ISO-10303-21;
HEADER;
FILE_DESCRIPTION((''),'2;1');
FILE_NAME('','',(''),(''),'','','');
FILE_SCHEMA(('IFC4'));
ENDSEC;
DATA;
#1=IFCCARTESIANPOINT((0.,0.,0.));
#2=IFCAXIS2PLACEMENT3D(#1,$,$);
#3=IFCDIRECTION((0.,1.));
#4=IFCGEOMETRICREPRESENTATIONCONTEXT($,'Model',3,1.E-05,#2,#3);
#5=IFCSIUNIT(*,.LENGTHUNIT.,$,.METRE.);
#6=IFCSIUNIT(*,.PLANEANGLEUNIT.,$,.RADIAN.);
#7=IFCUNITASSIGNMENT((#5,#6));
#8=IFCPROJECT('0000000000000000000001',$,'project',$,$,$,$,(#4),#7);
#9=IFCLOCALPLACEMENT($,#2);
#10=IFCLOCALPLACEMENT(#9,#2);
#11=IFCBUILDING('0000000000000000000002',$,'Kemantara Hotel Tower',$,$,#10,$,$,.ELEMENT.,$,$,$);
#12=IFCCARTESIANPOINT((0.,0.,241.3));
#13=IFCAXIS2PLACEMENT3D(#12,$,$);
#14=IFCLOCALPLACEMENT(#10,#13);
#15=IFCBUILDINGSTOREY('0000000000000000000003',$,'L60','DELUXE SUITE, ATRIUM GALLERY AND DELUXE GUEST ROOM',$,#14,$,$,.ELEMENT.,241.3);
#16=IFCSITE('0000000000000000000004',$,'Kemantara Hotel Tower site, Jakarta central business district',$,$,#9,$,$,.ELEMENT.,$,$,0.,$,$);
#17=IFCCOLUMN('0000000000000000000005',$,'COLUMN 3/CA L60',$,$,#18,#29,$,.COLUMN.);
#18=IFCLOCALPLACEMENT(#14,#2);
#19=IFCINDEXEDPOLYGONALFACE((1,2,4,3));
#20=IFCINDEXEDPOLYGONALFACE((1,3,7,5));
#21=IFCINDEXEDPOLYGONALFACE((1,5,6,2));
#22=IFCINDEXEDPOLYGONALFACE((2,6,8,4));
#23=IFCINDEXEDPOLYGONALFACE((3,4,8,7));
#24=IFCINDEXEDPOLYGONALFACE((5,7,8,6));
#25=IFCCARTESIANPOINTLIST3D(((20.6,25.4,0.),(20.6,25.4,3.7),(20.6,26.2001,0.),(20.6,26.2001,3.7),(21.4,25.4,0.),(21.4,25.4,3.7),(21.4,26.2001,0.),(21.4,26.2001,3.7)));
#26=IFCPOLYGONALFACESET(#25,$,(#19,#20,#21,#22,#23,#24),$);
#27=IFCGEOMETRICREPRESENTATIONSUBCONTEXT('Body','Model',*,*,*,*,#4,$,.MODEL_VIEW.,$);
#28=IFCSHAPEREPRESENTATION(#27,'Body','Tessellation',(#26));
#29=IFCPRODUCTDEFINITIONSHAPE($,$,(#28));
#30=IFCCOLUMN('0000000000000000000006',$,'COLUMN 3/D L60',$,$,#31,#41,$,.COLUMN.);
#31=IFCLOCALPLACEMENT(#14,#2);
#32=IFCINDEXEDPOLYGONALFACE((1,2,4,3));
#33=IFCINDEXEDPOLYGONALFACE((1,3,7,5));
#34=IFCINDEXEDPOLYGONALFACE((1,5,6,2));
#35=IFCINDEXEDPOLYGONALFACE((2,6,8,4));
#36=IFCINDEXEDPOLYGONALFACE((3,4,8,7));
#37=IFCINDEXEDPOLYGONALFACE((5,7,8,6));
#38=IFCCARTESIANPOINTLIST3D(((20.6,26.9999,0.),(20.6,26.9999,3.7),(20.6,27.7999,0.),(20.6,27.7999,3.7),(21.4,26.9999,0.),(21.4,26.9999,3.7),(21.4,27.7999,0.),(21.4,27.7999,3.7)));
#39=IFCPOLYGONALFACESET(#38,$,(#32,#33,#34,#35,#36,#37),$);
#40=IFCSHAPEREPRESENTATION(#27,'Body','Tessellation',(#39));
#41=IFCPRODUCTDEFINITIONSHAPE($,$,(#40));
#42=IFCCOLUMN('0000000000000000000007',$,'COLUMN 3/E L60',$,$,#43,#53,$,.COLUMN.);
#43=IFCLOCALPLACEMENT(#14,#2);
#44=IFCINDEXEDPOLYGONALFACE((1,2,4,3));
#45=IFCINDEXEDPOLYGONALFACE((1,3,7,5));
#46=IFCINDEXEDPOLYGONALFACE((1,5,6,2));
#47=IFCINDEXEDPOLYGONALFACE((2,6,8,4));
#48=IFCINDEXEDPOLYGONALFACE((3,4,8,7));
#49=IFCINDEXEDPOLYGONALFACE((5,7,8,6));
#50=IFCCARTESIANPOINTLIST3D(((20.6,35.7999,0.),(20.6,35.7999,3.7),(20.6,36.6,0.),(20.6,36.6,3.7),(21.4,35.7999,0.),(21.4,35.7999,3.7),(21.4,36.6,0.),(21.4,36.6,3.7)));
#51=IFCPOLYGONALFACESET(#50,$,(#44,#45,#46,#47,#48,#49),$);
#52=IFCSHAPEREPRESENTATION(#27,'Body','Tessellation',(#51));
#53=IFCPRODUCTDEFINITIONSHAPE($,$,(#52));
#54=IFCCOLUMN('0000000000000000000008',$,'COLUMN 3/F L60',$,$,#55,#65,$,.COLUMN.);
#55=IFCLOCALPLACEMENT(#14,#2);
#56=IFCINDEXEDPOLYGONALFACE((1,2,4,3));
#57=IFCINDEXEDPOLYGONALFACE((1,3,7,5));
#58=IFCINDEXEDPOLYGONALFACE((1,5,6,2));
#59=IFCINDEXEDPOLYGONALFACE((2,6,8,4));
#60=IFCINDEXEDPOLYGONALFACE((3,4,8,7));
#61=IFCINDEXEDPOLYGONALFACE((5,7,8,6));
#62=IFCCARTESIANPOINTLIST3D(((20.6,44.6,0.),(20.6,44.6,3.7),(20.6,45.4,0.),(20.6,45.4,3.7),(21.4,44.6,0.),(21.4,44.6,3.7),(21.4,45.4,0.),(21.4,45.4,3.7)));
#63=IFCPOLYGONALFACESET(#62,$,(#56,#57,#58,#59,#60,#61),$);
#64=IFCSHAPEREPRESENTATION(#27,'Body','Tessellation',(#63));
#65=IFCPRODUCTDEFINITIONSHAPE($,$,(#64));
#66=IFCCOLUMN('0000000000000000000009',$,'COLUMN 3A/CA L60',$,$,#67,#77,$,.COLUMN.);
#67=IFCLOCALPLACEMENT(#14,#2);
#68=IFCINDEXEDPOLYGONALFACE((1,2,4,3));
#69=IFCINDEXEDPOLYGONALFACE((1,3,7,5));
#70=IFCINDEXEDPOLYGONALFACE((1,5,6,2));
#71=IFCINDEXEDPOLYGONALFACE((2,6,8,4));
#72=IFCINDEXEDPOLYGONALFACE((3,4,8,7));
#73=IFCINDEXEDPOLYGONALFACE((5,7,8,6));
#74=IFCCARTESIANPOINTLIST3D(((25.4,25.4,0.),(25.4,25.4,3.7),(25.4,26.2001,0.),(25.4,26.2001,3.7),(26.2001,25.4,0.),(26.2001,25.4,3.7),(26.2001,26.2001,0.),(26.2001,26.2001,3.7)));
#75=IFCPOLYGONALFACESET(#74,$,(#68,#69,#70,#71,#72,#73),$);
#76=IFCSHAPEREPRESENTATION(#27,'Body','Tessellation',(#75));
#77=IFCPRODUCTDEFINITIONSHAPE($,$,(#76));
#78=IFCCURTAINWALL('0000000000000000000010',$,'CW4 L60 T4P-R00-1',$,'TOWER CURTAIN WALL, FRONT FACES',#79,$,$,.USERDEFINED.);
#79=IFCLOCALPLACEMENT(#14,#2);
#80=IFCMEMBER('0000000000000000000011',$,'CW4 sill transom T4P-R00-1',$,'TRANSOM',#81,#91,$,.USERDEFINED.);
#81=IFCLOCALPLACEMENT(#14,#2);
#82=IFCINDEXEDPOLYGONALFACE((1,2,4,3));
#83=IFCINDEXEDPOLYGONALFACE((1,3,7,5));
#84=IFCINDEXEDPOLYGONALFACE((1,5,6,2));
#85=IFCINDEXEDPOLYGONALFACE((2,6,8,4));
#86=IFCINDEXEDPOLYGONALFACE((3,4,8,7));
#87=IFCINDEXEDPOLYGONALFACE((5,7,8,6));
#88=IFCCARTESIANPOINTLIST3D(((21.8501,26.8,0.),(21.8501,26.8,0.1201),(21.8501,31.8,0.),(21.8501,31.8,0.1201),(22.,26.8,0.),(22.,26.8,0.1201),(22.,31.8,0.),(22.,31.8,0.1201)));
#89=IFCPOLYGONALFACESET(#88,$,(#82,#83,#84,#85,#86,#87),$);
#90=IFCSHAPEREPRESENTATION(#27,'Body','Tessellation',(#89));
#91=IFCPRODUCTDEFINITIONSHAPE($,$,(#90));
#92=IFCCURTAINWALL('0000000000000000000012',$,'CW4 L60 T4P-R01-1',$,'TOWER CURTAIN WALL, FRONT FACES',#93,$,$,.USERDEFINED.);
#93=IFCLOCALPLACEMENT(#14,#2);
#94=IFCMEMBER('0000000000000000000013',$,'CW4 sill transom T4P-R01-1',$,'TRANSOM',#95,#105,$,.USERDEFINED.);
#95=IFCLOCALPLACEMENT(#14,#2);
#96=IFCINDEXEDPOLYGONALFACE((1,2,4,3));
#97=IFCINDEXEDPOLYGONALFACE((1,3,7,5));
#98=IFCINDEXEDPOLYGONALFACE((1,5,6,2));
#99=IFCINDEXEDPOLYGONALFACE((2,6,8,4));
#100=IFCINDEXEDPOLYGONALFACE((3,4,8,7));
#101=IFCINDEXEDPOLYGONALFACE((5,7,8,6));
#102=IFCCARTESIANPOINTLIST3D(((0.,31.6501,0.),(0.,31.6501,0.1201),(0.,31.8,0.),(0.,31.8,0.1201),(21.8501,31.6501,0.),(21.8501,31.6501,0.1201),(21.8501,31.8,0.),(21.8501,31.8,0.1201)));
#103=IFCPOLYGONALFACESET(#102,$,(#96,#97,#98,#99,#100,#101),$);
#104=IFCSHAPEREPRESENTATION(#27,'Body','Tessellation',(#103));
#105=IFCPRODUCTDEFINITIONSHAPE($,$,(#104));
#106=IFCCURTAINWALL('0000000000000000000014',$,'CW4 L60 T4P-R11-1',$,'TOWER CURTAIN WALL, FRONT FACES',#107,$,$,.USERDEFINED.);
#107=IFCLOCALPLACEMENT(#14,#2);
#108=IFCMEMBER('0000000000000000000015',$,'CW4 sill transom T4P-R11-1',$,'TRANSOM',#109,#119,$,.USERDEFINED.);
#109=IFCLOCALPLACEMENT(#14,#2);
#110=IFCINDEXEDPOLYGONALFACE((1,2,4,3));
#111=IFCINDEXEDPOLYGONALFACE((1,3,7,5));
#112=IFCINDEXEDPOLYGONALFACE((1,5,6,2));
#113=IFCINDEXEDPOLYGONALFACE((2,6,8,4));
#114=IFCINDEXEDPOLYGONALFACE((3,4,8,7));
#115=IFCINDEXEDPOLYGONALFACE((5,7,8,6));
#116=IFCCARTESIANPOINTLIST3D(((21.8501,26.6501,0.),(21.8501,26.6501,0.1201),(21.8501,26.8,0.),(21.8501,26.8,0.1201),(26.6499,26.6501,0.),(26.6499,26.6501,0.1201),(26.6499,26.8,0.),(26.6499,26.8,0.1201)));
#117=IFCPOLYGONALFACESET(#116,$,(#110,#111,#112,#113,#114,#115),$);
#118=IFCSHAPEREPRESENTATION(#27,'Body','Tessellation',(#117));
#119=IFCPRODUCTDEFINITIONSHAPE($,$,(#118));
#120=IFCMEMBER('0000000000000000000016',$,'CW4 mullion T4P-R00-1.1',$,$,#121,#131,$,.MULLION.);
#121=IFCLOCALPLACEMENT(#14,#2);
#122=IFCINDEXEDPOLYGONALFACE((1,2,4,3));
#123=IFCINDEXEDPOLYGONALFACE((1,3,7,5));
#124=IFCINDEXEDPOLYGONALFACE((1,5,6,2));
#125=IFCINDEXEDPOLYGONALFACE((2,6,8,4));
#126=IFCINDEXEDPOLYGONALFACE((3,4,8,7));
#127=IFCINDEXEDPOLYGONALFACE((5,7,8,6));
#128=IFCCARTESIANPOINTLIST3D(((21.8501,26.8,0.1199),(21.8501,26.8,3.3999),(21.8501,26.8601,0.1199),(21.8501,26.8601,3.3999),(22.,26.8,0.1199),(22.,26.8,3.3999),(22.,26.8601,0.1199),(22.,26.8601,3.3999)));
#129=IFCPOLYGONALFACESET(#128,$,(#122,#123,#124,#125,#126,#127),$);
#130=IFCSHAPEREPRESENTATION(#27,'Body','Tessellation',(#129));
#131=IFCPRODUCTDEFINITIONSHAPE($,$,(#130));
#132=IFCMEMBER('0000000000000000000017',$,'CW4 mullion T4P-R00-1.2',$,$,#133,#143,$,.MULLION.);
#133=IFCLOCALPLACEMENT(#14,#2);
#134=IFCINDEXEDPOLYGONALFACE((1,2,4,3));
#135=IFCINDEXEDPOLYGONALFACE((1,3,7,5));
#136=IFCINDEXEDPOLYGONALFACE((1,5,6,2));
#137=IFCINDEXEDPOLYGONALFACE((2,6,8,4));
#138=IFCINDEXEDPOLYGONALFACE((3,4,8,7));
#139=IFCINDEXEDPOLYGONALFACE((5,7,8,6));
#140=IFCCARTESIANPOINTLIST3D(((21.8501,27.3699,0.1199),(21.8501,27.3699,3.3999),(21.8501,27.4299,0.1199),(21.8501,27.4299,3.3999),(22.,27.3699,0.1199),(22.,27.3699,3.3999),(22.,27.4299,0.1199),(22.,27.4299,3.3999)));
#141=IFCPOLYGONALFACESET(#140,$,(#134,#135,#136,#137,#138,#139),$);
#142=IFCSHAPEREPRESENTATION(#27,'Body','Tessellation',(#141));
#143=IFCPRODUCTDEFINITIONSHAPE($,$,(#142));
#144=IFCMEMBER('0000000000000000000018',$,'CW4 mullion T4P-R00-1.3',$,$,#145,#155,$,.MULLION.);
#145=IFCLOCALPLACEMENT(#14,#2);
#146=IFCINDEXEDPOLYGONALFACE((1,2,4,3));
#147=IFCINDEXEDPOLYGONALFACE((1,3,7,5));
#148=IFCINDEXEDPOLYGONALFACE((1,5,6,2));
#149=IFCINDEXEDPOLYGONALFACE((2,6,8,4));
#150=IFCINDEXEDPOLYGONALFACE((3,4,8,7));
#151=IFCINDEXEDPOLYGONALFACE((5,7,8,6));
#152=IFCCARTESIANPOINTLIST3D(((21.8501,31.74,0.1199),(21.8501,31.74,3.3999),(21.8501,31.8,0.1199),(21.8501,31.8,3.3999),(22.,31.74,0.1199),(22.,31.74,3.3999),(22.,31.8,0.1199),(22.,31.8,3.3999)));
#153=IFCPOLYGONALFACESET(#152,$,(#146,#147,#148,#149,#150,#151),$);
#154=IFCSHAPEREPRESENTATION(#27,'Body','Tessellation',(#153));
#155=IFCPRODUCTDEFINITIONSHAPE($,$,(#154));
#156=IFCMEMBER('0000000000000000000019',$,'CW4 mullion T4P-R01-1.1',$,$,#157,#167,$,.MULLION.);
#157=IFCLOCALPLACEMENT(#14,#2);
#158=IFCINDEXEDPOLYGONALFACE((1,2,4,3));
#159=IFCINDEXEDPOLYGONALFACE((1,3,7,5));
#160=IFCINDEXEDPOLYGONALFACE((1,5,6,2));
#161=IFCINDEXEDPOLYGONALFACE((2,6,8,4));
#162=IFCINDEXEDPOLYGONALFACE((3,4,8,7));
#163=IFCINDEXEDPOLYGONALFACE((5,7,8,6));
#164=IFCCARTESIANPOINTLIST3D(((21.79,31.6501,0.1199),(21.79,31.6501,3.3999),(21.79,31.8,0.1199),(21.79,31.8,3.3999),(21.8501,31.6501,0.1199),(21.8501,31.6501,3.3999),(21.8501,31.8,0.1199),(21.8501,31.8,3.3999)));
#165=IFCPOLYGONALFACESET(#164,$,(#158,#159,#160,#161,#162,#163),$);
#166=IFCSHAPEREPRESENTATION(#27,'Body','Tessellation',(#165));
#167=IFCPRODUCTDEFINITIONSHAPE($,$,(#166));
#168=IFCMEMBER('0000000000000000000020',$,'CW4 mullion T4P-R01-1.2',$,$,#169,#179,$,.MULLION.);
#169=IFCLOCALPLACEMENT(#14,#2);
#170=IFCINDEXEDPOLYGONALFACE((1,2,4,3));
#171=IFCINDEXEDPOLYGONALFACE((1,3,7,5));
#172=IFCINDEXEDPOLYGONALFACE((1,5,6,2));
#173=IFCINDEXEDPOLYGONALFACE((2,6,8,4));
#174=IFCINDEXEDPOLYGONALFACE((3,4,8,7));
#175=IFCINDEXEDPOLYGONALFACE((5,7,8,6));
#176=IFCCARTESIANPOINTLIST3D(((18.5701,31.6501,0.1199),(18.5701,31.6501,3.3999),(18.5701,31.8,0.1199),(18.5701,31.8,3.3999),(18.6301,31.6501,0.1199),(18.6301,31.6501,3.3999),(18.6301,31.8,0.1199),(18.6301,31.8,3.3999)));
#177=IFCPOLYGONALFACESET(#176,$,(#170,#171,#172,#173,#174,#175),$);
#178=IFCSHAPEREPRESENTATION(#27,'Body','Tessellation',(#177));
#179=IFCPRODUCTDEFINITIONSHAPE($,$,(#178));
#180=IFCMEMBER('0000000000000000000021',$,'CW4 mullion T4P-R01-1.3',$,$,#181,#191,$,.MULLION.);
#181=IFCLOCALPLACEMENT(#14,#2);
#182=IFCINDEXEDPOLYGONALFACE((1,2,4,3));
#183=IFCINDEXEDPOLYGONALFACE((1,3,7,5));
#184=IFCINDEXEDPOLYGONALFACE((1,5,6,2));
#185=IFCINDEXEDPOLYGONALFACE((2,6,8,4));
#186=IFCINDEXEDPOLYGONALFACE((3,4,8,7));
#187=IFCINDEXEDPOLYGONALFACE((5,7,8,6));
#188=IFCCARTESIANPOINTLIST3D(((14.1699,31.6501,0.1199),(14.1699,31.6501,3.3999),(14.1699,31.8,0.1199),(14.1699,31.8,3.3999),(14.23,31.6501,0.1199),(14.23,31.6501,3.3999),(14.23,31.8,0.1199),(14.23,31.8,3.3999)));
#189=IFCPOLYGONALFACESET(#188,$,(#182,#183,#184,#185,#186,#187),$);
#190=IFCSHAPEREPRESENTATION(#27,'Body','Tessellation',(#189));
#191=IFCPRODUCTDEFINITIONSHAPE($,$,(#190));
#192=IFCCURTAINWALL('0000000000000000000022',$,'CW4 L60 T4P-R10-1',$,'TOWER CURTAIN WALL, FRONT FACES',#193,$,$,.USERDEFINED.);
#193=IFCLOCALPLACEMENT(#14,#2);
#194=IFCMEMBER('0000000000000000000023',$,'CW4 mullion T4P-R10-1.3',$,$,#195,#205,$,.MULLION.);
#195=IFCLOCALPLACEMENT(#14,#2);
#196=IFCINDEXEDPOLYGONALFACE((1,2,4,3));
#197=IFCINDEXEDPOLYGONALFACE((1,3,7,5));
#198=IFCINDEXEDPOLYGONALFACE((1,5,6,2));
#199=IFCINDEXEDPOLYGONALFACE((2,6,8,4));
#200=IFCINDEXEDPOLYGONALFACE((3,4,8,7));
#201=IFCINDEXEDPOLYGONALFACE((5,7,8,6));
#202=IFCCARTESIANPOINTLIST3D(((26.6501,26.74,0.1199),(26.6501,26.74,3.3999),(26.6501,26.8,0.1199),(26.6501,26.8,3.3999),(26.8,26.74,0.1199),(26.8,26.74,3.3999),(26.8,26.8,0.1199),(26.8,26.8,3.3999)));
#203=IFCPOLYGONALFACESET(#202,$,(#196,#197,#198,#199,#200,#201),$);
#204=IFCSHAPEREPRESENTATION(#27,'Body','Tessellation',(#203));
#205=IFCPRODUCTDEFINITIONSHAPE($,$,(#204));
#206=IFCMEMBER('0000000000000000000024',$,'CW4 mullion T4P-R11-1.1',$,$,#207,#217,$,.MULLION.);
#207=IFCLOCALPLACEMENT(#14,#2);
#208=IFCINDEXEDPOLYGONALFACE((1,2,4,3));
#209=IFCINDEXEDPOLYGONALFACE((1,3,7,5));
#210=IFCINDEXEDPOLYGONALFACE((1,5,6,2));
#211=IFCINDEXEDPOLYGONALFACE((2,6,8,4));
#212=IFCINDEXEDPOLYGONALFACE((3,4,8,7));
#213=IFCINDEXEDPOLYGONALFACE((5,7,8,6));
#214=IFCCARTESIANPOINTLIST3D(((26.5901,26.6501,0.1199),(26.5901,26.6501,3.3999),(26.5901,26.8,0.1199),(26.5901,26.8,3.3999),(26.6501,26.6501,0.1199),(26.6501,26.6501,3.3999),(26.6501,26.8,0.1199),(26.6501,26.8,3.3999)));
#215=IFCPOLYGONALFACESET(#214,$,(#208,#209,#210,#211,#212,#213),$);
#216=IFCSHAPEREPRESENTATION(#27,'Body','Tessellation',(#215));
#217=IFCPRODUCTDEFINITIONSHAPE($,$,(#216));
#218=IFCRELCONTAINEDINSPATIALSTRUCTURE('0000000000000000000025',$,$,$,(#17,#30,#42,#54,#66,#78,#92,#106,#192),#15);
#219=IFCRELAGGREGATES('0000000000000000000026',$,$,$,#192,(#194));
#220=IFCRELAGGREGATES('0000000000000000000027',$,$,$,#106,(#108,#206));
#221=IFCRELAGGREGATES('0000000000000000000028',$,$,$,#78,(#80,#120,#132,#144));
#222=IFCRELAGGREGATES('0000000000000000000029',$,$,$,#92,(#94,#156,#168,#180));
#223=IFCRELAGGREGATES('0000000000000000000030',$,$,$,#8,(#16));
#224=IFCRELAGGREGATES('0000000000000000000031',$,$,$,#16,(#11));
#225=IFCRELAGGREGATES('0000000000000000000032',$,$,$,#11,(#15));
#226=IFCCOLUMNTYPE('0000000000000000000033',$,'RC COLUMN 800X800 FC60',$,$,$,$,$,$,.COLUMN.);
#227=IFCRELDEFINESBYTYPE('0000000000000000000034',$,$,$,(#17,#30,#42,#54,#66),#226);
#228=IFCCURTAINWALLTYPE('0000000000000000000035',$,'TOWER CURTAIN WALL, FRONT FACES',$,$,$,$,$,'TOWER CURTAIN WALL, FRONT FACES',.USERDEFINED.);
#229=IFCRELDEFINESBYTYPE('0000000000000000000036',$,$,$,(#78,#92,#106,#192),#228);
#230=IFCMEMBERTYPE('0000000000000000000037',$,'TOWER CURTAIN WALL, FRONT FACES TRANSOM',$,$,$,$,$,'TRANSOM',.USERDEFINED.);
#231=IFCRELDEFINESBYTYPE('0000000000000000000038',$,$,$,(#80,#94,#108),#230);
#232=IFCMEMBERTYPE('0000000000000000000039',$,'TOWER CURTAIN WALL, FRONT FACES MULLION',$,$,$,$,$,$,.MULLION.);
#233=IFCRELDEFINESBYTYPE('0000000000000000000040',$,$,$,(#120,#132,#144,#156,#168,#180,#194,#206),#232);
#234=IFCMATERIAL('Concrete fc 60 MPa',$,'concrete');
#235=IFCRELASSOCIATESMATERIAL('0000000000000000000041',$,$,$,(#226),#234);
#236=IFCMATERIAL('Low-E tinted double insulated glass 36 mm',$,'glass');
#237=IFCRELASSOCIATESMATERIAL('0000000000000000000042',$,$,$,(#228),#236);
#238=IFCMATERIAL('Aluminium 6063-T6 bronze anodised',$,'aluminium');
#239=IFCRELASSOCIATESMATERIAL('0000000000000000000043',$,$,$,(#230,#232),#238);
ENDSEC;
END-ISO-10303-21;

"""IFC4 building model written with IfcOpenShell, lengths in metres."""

from ifc_helpers import new_model, si_unit, direction, frame, origin, origin_2d, place, context, subcontext, project, spatial, rectangle, extrude, source, transform, mapped, material, material_profile, profile_set, type_object, element, aggregate, save


model = new_model("IFC4")

# Units and contexts
model_context = context("Model", 3, precision=1e-05, world=origin(), true_north=direction((0.0, 1.0)))
body_context = subcontext(model_context, "Body", "Model", "MODEL_VIEW")
ifc_project = project(units=[si_unit("LENGTHUNIT", "METRE"), si_unit("PLANEANGLEUNIT", "RADIAN")], contexts=[model_context])

# Site, building, storey
site_placement = place(None, origin())
site = spatial("IfcSite", under=ifc_project, at=site_placement, Name="Kemantara Hotel Tower site, Jakarta central business district", CompositionType="ELEMENT", RefElevation=0.0)
building_placement = place(site_placement, origin())
building = spatial("IfcBuilding", under=site, at=building_placement, Name="Kemantara Hotel Tower", CompositionType="ELEMENT")
storey_placement = place(building_placement, frame((0.0, 0.0, 241.3)))
storey = spatial("IfcBuildingStorey", under=building, at=storey_placement, Name="L60", Description="DELUXE SUITE, ATRIUM GALLERY AND DELUXE GUEST ROOM", CompositionType="ELEMENT", Elevation=241.3)

# Columns
ifc_material_1 = material(Name="Concrete fc 60 MPa", Category="concrete")
ifc_material_profile_1 = material_profile(ifc_material_1, rectangle(XDim=0.8, YDim=0.8, at=origin_2d()), Name="RC 800X800")
ifc_profile_set_1 = profile_set([ifc_material_profile_1], Name="Concrete fc 60 MPa")
column_type = type_object("IfcColumnType", Name="RC COLUMN 800X800 FC60", PredefinedType="COLUMN", material=ifc_profile_set_1)
for number, where, z_axis, x_axis, name in (
    (1, (21.0, 25.8, 0.0), (0.0, 0.0, 1.0), (1.0, 0.0, 0.0), "COLUMN 3/CA L60"),
    (2, (21.0, 27.3999, 0.0), (0.0, 0.0, 1.0), (1.0, 0.0, 0.0), "COLUMN 3/D L60"),
    (3, (21.0, 36.2, 0.0), (0.0, 0.0, 1.0), (1.0, 0.0, 0.0), "COLUMN 3/E L60"),
    (4, (21.0, 45.0, 0.0), (0.0, 0.0, 1.0), (1.0, 0.0, 0.0), "COLUMN 3/F L60"),
    (5, (25.8, 25.8, 0.0), (0.0, 0.0, 1.0), (1.0, 0.0, 0.0), "COLUMN 3A/CA L60"),
):
    element("IfcColumn", number, at=place(storey_placement, frame(where, z_axis=z_axis, x_axis=x_axis)), inside=storey, type_object=column_type, Name=name, PredefinedType="COLUMN", context=body_context, shape_type="SweptSolid", body=[
        extrude(rectangle(XDim=0.8, YDim=0.8, at=origin_2d()), origin(), (0.0, 0.0, 1.0), 3.7),
    ])

# Curtain walls, members
ifc_material_2 = material(Name="Low-E tinted double insulated glass 36 mm", Category="glass")
curtain_wall_type = type_object("IfcCurtainWallType", Name="TOWER CURTAIN WALL, FRONT FACES", ElementType="TOWER CURTAIN WALL, FRONT FACES", PredefinedType="USERDEFINED", material=ifc_material_2)
curtain_wall_1_placement = place(storey_placement, origin())
curtain_wall_1 = element("IfcCurtainWall", 6, at=curtain_wall_1_placement, inside=storey, type_object=curtain_wall_type, Name="CW4 L60 T4P-R00-1", ObjectType="TOWER CURTAIN WALL, FRONT FACES", PredefinedType="USERDEFINED")
ifc_material_3 = material(Name="Aluminium 6063-T6 bronze anodised", Category="aluminium")
ifc_material_profile_2 = material_profile(ifc_material_3, rectangle(XDim=0.1499, YDim=0.1201, at=origin_2d()), Name="TOWER CURTAIN WALL, FRONT FACES TRANSOM")
ifc_profile_set_2 = profile_set([ifc_material_profile_2], Name="Aluminium 6063-T6 bronze anodised")
member_type_1 = type_object("IfcMemberType", Name="TOWER CURTAIN WALL, FRONT FACES TRANSOM", ElementType="TRANSOM", PredefinedType="USERDEFINED", material=ifc_profile_set_2)
member_1_placement = place(storey_placement, frame((21.925, 26.8, 0.0601), z_axis=(0.0, 1.0, 0.0), x_axis=(-1.0, 0.0, 0.0)))
member_1 = element("IfcMember", 7, at=member_1_placement, type_object=member_type_1, Name="CW4 sill transom T4P-R00-1", ObjectType="TRANSOM", PredefinedType="USERDEFINED", context=body_context, shape_type="SweptSolid", body=[
    extrude(rectangle(XDim=0.1499, YDim=0.1201, at=origin_2d()), origin(), (0.0, 0.0, 1.0), 5.0),
])
curtain_wall_2_placement = place(storey_placement, origin())
curtain_wall_2 = element("IfcCurtainWall", 8, at=curtain_wall_2_placement, inside=storey, type_object=curtain_wall_type, Name="CW4 L60 T4P-R01-1", ObjectType="TOWER CURTAIN WALL, FRONT FACES", PredefinedType="USERDEFINED")
member_2_placement = place(storey_placement, frame((21.8501, 31.7251, 0.0601), z_axis=(-1.0, 0.0, 0.0), x_axis=(0.0, -1.0, 0.0)))
member_2 = element("IfcMember", 9, at=member_2_placement, type_object=member_type_1, Name="CW4 sill transom T4P-R01-1", ObjectType="TRANSOM", PredefinedType="USERDEFINED", context=body_context, shape_type="SweptSolid", body=[
    extrude(rectangle(XDim=0.1499, YDim=0.1201, at=origin_2d()), origin(), (0.0, 0.0, 1.0), 21.8501),
])
curtain_wall_3_placement = place(storey_placement, origin())
curtain_wall_3 = element("IfcCurtainWall", 10, at=curtain_wall_3_placement, inside=storey, type_object=curtain_wall_type, Name="CW4 L60 T4P-R11-1", ObjectType="TOWER CURTAIN WALL, FRONT FACES", PredefinedType="USERDEFINED")
member_3_placement = place(storey_placement, frame((26.6499, 26.7251, 0.0601), z_axis=(-1.0, 0.0, 0.0), x_axis=(0.0, -1.0, 0.0)))
member_3 = element("IfcMember", 11, at=member_3_placement, type_object=member_type_1, Name="CW4 sill transom T4P-R11-1", ObjectType="TRANSOM", PredefinedType="USERDEFINED", context=body_context, shape_type="SweptSolid", body=[
    extrude(rectangle(XDim=0.1499, YDim=0.1201, at=origin_2d()), origin(), (0.0, 0.0, 1.0), 4.7998),
])

# Members
ifc_material_profile_3 = material_profile(ifc_material_3, rectangle(XDim=0.1499, YDim=0.0601, at=origin_2d()), Name="TOWER CURTAIN WALL, FRONT FACES MULLION")
ifc_profile_set_3 = profile_set([ifc_material_profile_3], Name="Aluminium 6063-T6 bronze anodised")
member_type_2 = type_object("IfcMemberType", Name="TOWER CURTAIN WALL, FRONT FACES MULLION", PredefinedType="MULLION", material=ifc_profile_set_3)
shared_shape_1 = source(origin(), body_context, "Body", "SweptSolid", [
    extrude(rectangle(XDim=0.1499, YDim=0.0601, at=origin_2d()), origin(), (0.0, 0.0, 1.0), 3.28),
])
member_4_placement = place(storey_placement, frame((21.925, 26.8301, 0.1199), z_axis=(0.0, 0.0, 1.0), x_axis=(-1.0, 0.0, 0.0)))
member_4 = element("IfcMember", 12, at=member_4_placement, type_object=member_type_2, Name="CW4 mullion T4P-R00-1.1", PredefinedType="MULLION", context=body_context, shape_type="MappedRepresentation", body=[
    mapped(shared_shape_1, transform((0.0, 0.0, 0.0))),
])
member_5_placement = place(storey_placement, frame((21.925, 27.3999, 0.1199), z_axis=(0.0, 0.0, 1.0), x_axis=(-1.0, 0.0, 0.0)))
member_5 = element("IfcMember", 13, at=member_5_placement, type_object=member_type_2, Name="CW4 mullion T4P-R00-1.2", PredefinedType="MULLION", context=body_context, shape_type="MappedRepresentation", body=[
    mapped(shared_shape_1, transform((0.0, 0.0, 0.0))),
])
member_6_placement = place(storey_placement, frame((21.925, 31.77, 0.1199), z_axis=(0.0, 0.0, 1.0), x_axis=(-1.0, 0.0, 0.0)))
member_6 = element("IfcMember", 14, at=member_6_placement, type_object=member_type_2, Name="CW4 mullion T4P-R00-1.3", PredefinedType="MULLION", context=body_context, shape_type="MappedRepresentation", body=[
    mapped(shared_shape_1, transform((0.0, 0.0, 0.0))),
])
member_7_placement = place(storey_placement, frame((21.8201, 31.7251, 0.1199), z_axis=(0.0, 0.0, 1.0), x_axis=(0.0, -1.0, 0.0)))
member_7 = element("IfcMember", 15, at=member_7_placement, type_object=member_type_2, Name="CW4 mullion T4P-R01-1.1", PredefinedType="MULLION", context=body_context, shape_type="MappedRepresentation", body=[
    mapped(shared_shape_1, transform((0.0, 0.0, 0.0))),
])
member_8_placement = place(storey_placement, frame((18.6001, 31.7251, 0.1199), z_axis=(0.0, 0.0, 1.0), x_axis=(0.0, -1.0, 0.0)))
member_8 = element("IfcMember", 16, at=member_8_placement, type_object=member_type_2, Name="CW4 mullion T4P-R01-1.2", PredefinedType="MULLION", context=body_context, shape_type="MappedRepresentation", body=[
    mapped(shared_shape_1, transform((0.0, 0.0, 0.0))),
])
member_9_placement = place(storey_placement, frame((14.2, 31.7251, 0.1199), z_axis=(0.0, 0.0, 1.0), x_axis=(0.0, -1.0, 0.0)))
member_9 = element("IfcMember", 17, at=member_9_placement, type_object=member_type_2, Name="CW4 mullion T4P-R01-1.3", PredefinedType="MULLION", context=body_context, shape_type="MappedRepresentation", body=[
    mapped(shared_shape_1, transform((0.0, 0.0, 0.0))),
])

# Curtain wall, member
curtain_wall_4_placement = place(storey_placement, origin())
curtain_wall_4 = element("IfcCurtainWall", 18, at=curtain_wall_4_placement, inside=storey, type_object=curtain_wall_type, Name="CW4 L60 T4P-R10-1", ObjectType="TOWER CURTAIN WALL, FRONT FACES", PredefinedType="USERDEFINED")
member_10_placement = place(storey_placement, frame((26.7251, 26.77, 0.1199), z_axis=(0.0, 0.0, 1.0), x_axis=(-1.0, 0.0, 0.0)))
member_10 = element("IfcMember", 19, at=member_10_placement, type_object=member_type_2, Name="CW4 mullion T4P-R10-1.3", PredefinedType="MULLION", context=body_context, shape_type="MappedRepresentation", body=[
    mapped(shared_shape_1, transform((0.0, 0.0, 0.0))),
])
aggregate(curtain_wall_4, [member_10])

# Member
member_11_placement = place(storey_placement, frame((26.6201, 26.7251, 0.1199), z_axis=(0.0, 0.0, 1.0), x_axis=(0.0, -1.0, 0.0)))
member_11 = element("IfcMember", 20, at=member_11_placement, type_object=member_type_2, Name="CW4 mullion T4P-R11-1.1", PredefinedType="MULLION", context=body_context, shape_type="MappedRepresentation", body=[
    mapped(shared_shape_1, transform((0.0, 0.0, 0.0))),
])

aggregate(curtain_wall_3, [member_3, member_11])
aggregate(curtain_wall_1, [member_1, member_4, member_5, member_6])
aggregate(curtain_wall_2, [member_2, member_7, member_8, member_9])

save(model, "model.ifc")
